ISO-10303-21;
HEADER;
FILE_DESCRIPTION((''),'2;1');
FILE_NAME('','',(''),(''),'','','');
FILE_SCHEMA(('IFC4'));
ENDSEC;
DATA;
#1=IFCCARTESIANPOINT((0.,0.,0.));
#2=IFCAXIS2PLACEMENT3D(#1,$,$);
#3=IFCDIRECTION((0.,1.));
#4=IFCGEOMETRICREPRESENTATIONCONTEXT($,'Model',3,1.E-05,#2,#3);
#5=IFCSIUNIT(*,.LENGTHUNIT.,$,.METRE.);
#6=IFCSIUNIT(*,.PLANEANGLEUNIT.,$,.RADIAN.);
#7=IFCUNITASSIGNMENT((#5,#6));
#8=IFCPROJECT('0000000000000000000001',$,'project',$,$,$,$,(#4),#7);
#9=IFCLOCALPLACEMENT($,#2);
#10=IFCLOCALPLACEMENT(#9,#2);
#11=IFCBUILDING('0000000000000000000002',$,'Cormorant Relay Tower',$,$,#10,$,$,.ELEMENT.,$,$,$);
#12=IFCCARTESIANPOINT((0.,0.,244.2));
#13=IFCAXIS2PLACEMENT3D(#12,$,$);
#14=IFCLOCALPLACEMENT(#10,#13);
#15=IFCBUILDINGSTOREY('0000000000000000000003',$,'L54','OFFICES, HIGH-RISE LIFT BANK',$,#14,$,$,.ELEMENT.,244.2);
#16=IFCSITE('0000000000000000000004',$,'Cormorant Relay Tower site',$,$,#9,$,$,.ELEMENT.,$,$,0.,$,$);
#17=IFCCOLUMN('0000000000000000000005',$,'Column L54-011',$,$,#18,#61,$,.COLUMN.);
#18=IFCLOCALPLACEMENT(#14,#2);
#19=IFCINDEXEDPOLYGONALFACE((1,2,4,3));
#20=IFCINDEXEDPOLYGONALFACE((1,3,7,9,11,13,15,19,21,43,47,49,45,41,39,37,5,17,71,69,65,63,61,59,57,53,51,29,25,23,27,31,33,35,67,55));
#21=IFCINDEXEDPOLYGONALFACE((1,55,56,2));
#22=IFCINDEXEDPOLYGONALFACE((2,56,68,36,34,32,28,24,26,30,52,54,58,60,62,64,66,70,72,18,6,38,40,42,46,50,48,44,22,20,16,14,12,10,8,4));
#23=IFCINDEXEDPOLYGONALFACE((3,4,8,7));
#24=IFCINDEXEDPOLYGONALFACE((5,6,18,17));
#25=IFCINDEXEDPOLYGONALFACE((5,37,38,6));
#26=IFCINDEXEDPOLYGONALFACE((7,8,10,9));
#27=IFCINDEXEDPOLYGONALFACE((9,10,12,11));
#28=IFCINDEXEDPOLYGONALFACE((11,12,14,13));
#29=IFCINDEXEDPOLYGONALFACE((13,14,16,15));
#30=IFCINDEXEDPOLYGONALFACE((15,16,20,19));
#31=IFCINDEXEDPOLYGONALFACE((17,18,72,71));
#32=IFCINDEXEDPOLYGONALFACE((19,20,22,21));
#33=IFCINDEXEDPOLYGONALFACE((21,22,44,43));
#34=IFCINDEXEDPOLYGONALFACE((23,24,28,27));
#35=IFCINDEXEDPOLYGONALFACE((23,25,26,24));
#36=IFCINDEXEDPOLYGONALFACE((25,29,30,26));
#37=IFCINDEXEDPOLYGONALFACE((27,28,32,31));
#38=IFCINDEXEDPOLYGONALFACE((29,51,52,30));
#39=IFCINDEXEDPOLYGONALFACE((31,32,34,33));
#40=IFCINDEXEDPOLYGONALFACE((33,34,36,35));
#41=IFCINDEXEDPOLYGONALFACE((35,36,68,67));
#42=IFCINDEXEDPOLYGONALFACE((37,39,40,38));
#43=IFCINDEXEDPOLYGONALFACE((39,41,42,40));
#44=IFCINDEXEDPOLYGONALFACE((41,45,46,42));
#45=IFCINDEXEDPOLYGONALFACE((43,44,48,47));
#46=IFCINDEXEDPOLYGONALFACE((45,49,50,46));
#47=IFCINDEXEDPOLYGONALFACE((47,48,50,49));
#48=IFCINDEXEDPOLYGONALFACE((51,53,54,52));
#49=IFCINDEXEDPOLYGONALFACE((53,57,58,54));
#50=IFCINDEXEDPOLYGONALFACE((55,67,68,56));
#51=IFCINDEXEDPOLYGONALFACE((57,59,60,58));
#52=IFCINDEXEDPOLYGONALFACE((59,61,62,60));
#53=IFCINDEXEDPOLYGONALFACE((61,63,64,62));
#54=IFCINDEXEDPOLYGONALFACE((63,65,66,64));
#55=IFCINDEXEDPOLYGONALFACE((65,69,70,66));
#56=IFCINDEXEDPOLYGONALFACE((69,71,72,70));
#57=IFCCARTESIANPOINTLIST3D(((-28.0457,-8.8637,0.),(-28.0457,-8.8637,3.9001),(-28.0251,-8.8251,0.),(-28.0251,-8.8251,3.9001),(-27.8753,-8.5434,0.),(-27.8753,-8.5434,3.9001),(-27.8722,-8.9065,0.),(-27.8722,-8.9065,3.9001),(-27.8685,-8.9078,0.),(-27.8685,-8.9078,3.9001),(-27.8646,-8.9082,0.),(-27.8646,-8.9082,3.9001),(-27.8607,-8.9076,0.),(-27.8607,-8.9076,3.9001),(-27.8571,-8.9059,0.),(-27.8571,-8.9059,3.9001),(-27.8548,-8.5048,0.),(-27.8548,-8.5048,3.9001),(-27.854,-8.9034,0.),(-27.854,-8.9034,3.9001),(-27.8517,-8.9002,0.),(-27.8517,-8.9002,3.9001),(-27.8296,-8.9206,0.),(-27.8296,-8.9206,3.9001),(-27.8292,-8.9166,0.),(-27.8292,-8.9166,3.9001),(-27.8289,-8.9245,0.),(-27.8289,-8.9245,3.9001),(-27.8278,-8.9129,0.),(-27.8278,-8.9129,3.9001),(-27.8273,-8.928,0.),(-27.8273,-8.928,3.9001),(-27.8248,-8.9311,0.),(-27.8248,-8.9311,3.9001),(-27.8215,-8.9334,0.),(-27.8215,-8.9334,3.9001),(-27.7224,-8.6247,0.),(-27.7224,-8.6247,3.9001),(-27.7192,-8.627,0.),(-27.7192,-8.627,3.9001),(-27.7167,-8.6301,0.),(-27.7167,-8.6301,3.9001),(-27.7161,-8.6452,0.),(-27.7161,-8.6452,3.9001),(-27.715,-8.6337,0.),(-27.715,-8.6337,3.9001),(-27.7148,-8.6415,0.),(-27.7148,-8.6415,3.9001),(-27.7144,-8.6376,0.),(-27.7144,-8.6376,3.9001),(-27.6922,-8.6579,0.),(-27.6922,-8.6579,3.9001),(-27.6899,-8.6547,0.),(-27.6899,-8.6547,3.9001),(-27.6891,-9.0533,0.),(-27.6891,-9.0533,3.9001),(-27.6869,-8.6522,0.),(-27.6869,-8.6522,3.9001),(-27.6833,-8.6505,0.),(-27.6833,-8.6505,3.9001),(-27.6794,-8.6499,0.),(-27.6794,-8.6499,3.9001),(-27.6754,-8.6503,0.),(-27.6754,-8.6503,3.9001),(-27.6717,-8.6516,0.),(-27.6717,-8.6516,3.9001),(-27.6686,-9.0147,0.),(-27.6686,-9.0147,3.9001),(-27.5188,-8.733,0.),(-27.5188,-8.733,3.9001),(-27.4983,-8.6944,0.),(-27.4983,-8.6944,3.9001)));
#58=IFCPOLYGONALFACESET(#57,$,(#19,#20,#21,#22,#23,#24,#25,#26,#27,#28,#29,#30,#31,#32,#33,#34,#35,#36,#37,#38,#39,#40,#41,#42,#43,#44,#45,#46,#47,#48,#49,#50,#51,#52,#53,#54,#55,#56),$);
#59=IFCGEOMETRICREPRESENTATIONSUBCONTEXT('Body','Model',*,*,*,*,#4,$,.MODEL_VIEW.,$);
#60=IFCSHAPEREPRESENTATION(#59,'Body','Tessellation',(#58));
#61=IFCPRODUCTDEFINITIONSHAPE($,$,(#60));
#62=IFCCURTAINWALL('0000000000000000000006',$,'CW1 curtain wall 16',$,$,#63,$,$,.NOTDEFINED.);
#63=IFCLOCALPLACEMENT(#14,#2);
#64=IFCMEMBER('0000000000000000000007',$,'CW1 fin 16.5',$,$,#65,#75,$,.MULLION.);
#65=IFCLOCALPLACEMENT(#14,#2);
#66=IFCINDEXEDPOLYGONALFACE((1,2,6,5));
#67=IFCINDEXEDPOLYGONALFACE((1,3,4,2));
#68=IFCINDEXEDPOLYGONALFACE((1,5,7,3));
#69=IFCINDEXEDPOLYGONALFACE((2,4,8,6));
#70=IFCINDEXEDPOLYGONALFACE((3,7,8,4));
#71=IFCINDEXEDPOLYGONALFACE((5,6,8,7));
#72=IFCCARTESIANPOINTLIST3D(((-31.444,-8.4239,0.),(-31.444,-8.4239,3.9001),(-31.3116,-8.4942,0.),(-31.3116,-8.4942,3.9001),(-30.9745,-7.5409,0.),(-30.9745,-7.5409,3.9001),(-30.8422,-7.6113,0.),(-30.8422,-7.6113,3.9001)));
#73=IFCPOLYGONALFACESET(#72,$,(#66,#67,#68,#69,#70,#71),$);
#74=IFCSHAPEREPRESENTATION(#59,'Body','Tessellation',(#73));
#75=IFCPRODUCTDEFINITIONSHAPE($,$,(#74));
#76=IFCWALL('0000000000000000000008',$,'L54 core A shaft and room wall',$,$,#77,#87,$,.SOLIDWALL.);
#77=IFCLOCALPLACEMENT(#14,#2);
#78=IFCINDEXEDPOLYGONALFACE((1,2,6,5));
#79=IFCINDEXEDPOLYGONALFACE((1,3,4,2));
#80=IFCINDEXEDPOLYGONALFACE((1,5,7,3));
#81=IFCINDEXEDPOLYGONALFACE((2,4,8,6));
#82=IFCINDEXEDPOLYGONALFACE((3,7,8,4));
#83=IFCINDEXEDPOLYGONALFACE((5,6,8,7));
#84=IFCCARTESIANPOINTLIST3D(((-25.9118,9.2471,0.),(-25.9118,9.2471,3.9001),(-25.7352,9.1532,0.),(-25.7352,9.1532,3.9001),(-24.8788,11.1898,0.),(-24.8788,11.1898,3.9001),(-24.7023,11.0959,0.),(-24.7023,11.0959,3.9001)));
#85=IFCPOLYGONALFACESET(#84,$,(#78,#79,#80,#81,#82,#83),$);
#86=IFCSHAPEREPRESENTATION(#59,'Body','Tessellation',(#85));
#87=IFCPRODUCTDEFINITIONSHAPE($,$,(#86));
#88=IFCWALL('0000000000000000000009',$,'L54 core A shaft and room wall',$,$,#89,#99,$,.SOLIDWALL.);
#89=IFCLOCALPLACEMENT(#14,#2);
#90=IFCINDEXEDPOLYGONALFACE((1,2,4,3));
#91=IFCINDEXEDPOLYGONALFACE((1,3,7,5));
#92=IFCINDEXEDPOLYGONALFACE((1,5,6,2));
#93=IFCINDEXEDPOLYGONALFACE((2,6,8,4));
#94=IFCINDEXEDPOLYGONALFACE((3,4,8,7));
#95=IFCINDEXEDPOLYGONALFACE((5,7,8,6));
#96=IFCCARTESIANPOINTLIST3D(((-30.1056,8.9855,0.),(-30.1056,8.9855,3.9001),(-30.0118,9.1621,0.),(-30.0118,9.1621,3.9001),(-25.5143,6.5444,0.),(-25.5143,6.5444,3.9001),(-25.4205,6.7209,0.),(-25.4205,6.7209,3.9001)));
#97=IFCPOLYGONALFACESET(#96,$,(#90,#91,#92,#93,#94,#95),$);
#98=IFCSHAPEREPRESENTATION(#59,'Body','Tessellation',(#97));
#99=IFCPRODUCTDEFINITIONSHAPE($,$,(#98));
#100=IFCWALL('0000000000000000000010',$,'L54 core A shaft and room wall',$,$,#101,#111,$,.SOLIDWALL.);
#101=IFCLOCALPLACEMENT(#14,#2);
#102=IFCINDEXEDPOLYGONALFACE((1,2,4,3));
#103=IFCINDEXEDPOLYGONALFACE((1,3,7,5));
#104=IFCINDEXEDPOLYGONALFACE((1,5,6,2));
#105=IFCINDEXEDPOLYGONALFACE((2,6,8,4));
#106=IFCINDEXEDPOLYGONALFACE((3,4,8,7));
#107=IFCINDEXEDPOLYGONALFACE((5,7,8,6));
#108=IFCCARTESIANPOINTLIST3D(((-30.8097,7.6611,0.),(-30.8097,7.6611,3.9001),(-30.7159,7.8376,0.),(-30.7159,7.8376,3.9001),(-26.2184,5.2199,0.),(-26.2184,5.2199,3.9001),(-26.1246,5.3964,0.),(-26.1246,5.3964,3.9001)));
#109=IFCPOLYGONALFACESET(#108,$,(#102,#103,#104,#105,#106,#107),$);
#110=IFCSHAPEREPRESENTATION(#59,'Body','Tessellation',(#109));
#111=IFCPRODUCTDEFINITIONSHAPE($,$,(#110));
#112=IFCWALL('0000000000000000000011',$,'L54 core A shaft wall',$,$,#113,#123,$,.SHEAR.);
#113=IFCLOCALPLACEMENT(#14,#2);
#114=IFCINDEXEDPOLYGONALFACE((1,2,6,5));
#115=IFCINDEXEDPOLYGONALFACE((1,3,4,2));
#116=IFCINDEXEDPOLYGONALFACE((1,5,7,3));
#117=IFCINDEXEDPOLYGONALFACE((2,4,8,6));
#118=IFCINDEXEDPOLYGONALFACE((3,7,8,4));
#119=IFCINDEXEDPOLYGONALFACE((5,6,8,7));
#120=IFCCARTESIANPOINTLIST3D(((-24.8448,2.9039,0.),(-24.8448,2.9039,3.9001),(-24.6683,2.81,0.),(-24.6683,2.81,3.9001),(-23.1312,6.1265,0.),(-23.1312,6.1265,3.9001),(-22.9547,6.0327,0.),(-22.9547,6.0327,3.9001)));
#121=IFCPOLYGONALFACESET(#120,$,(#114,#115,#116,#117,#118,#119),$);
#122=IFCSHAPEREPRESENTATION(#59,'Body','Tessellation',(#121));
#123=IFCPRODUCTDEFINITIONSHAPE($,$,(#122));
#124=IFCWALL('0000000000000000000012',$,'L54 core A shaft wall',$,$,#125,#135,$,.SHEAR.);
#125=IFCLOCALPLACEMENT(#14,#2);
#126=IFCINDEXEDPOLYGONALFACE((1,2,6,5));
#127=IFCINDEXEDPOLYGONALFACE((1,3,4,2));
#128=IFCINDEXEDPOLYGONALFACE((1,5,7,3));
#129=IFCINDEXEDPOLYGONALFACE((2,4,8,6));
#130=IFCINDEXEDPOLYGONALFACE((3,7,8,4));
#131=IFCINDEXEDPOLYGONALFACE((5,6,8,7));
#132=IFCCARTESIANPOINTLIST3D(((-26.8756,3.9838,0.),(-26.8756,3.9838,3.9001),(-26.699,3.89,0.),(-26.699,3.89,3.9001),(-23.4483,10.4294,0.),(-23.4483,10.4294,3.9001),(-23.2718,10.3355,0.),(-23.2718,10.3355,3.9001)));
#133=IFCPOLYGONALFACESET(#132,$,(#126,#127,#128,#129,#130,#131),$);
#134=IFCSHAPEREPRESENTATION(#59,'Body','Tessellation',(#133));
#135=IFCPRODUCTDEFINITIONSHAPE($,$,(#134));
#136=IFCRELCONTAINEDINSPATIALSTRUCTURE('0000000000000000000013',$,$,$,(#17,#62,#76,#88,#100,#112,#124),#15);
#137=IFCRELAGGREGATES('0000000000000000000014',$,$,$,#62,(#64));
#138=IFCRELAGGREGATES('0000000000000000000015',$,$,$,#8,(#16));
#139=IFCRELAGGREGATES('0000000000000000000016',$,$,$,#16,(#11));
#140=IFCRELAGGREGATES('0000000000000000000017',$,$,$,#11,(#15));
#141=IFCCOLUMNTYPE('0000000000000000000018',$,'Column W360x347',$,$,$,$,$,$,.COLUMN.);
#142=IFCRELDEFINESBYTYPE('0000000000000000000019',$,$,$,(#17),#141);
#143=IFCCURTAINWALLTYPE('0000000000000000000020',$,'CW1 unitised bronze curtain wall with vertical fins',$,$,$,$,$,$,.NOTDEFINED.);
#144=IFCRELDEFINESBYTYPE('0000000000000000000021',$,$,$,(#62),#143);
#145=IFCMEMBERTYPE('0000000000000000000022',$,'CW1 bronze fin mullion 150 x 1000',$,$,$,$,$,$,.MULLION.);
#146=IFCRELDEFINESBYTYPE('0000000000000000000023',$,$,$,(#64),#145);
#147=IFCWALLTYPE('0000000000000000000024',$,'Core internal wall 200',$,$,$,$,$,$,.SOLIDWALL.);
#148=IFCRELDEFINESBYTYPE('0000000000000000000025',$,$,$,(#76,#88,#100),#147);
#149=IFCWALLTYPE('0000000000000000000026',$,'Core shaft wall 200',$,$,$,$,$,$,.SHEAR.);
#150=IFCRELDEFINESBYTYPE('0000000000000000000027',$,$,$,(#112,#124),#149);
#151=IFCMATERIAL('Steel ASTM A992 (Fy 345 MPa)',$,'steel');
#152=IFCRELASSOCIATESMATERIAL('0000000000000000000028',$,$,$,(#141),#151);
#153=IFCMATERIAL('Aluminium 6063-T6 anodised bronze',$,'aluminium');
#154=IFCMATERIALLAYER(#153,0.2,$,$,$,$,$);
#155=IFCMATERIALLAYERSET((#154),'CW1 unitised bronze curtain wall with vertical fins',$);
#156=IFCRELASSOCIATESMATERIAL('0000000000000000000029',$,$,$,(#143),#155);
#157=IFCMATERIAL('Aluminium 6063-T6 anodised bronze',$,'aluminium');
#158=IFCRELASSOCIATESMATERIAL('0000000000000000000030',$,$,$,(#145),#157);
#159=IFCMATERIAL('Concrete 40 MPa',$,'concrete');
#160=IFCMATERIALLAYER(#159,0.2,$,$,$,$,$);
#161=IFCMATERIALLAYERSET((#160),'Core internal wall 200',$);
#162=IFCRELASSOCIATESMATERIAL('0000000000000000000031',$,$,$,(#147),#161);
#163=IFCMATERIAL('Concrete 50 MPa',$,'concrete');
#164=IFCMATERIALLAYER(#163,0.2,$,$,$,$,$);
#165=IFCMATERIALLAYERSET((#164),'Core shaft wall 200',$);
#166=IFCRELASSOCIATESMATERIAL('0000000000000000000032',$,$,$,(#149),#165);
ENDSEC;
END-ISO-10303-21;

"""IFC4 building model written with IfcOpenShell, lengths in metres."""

from ifc_helpers import new_model, si_unit, direction, frame, frame_2d, origin, origin_2d, place, context, subcontext, project, spatial, rectangle, i_section, extrude, material, layer, layer_set, material_profile, profile_set, type_object, element, aggregate, save


model = new_model("IFC4")

# Units and contexts
model_context = context("Model", 3, precision=1e-05, world=origin(), true_north=direction((0.0, 1.0)))
body_context = subcontext(model_context, "Body", "Model", "MODEL_VIEW")
ifc_project = project(units=[si_unit("LENGTHUNIT", "METRE"), si_unit("PLANEANGLEUNIT", "RADIAN")], contexts=[model_context])

# Site, building, storey
site_placement = place(None, origin())
site = spatial("IfcSite", under=ifc_project, at=site_placement, Name="Cormorant Relay Tower site", CompositionType="ELEMENT", RefElevation=0.0)
building_placement = place(site_placement, origin())
building = spatial("IfcBuilding", under=site, at=building_placement, Name="Cormorant Relay Tower", CompositionType="ELEMENT")
storey_placement = place(building_placement, frame((0.0, 0.0, 244.2)))
storey = spatial("IfcBuildingStorey", under=building, at=storey_placement, Name="L54", Description="OFFICES, HIGH-RISE LIFT BANK", CompositionType="ELEMENT", Elevation=244.2)

# Column
ifc_material_1 = material(Name="Steel ASTM A992 (Fy 345 MPa)", Category="steel")
ifc_material_profile_1 = material_profile(ifc_material_1, i_section(OverallWidth=0.4038, OverallDepth=0.4065, WebThickness=0.0271, FlangeThickness=0.0437, FilletRadius=0.0151, at=origin_2d()), Name="W360x347")
ifc_profile_set_1 = profile_set([ifc_material_profile_1], Name="Steel ASTM A992 (Fy 345 MPa)")
column_type = type_object("IfcColumnType", Name="Column W360x347", PredefinedType="COLUMN", material=ifc_profile_set_1)
column_placement = place(storey_placement, frame((-27.772, -8.7791, 0.0), z_axis=(0.0, 0.0, 1.0), x_axis=(0.882948, -0.469472, 0.0)))
element("IfcColumn", 1, at=column_placement, inside=storey, type_object=column_type, Name="Column L54-011", PredefinedType="COLUMN", context=body_context, shape_type="SweptSolid", body=[
    extrude(i_section(OverallWidth=0.4038, OverallDepth=0.4065, WebThickness=0.0271, FlangeThickness=0.0437, FilletRadius=0.0151, at=origin_2d()), origin(), (0.0, 0.0, 1.0), 3.9001),
])

# Curtain wall, member
ifc_material_2 = material(Name="Aluminium 6063-T6 anodised bronze", Category="aluminium")
ifc_layer_1 = layer(ifc_material_2, 0.2)
ifc_layer_set_1 = layer_set([ifc_layer_1], Name="CW1 unitised bronze curtain wall with vertical fins")
curtain_wall_type = type_object("IfcCurtainWallType", Name="CW1 unitised bronze curtain wall with vertical fins", PredefinedType="NOTDEFINED", material=ifc_layer_set_1)
curtain_wall_placement = place(storey_placement, origin())
curtain_wall = element("IfcCurtainWall", 2, at=curtain_wall_placement, inside=storey, type_object=curtain_wall_type, Name="CW1 curtain wall 16", PredefinedType="NOTDEFINED")
ifc_material_3 = material(Name="Aluminium 6063-T6 anodised bronze", Category="aluminium")
ifc_material_profile_2 = material_profile(ifc_material_3, rectangle(XDim=0.1499, YDim=1.0, at=origin_2d()), Name="AL 150x1000")
ifc_profile_set_2 = profile_set([ifc_material_profile_2], Name="Aluminium 6063-T6 anodised bronze")
member_type = type_object("IfcMemberType", Name="CW1 bronze fin mullion 150 x 1000", PredefinedType="MULLION", material=ifc_profile_set_2)
member_placement = place(storey_placement, frame((-31.1431, -8.0176, 0.0), z_axis=(0.0, 0.0, 1.0), x_axis=(0.882948, -0.469472, 0.0)))
member = element("IfcMember", 3, at=member_placement, type_object=member_type, Name="CW1 fin 16.5", PredefinedType="MULLION", context=body_context, shape_type="SweptSolid", body=[
    extrude(rectangle(XDim=0.1499, YDim=1.0, at=origin_2d()), origin(), (0.0, 0.0, 1.0), 3.9001),
])

# Walls
ifc_material_4 = material(Name="Concrete 40 MPa", Category="concrete")
ifc_layer_2 = layer(ifc_material_4, 0.2)
ifc_layer_set_2 = layer_set([ifc_layer_2], Name="Core internal wall 200")
wall_type_1 = type_object("IfcWallType", Name="Core internal wall 200", PredefinedType="SOLIDWALL", material=ifc_layer_set_2)
wall_1_placement = place(storey_placement, frame((-24.7905, 11.1428, 0.0), z_axis=(0.0, 0.0, 1.0), x_axis=(-0.469488, -0.882939, 0.0)))
element("IfcWall", 4, at=wall_1_placement, inside=storey, type_object=wall_type_1, Name="L54 core A shaft and room wall", PredefinedType="SOLIDWALL", context=body_context, shape_type="SweptSolid", body=[
    extrude(rectangle(XDim=2.2002, YDim=0.2, at=frame_2d((1.1001, 0.0))), origin(), (0.0, 0.0, 1.0), 3.9001),
])
for number, where, z_axis, x_axis, name in (
    (5, (-25.4673, 6.6326, 0.0), (0.0, 0.0, 1.0), (-0.882954, 0.46946, 0.0), "L54 core A shaft and room wall"),
    (6, (-26.1714, 5.3081, 0.0), (0.0, 0.0, 1.0), (-0.882954, 0.46946, 0.0), "L54 core A shaft and room wall"),
):
    element("IfcWall", number, at=place(storey_placement, frame(where, z_axis=z_axis, x_axis=x_axis)), inside=storey, type_object=wall_type_1, Name=name, PredefinedType="SOLIDWALL", context=body_context, shape_type="SweptSolid", body=[
        extrude(rectangle(XDim=5.2, YDim=0.2, at=frame_2d((2.6001, 0.0))), origin(), (0.0, 0.0, 1.0), 3.9001),
    ])
ifc_material_5 = material(Name="Concrete 50 MPa", Category="concrete")
ifc_layer_3 = layer(ifc_material_5, 0.2)
ifc_layer_set_3 = layer_set([ifc_layer_3], Name="Core shaft wall 200")
wall_type_2 = type_object("IfcWallType", Name="Core shaft wall 200", PredefinedType="SHEAR", material=ifc_layer_set_3)
wall_2_placement = place(storey_placement, frame((-23.043, 6.0796, 0.0), z_axis=(0.0, 0.0, 1.0), x_axis=(-0.469494, -0.882936, 0.0)))
element("IfcWall", 7, at=wall_2_placement, inside=storey, type_object=wall_type_2, Name="L54 core A shaft wall", PredefinedType="SHEAR", context=body_context, shape_type="SweptSolid", body=[
    extrude(rectangle(XDim=3.6499, YDim=0.2, at=frame_2d((1.825, 0.0))), origin(), (0.0, 0.0, 1.0), 3.9001),
])
wall_3_placement = place(storey_placement, frame((-23.3601, 10.3823, 0.0), z_axis=(0.0, 0.0, 1.0), x_axis=(-0.46948, -0.882943, 0.0)))
element("IfcWall", 8, at=wall_3_placement, inside=storey, type_object=wall_type_2, Name="L54 core A shaft wall", PredefinedType="SHEAR", context=body_context, shape_type="SweptSolid", body=[
    extrude(rectangle(XDim=7.3, YDim=0.2, at=frame_2d((3.6499, 0.0))), origin(), (0.0, 0.0, 1.0), 3.9001),
])

aggregate(curtain_wall, [member])

save(model, "model.ifc")
